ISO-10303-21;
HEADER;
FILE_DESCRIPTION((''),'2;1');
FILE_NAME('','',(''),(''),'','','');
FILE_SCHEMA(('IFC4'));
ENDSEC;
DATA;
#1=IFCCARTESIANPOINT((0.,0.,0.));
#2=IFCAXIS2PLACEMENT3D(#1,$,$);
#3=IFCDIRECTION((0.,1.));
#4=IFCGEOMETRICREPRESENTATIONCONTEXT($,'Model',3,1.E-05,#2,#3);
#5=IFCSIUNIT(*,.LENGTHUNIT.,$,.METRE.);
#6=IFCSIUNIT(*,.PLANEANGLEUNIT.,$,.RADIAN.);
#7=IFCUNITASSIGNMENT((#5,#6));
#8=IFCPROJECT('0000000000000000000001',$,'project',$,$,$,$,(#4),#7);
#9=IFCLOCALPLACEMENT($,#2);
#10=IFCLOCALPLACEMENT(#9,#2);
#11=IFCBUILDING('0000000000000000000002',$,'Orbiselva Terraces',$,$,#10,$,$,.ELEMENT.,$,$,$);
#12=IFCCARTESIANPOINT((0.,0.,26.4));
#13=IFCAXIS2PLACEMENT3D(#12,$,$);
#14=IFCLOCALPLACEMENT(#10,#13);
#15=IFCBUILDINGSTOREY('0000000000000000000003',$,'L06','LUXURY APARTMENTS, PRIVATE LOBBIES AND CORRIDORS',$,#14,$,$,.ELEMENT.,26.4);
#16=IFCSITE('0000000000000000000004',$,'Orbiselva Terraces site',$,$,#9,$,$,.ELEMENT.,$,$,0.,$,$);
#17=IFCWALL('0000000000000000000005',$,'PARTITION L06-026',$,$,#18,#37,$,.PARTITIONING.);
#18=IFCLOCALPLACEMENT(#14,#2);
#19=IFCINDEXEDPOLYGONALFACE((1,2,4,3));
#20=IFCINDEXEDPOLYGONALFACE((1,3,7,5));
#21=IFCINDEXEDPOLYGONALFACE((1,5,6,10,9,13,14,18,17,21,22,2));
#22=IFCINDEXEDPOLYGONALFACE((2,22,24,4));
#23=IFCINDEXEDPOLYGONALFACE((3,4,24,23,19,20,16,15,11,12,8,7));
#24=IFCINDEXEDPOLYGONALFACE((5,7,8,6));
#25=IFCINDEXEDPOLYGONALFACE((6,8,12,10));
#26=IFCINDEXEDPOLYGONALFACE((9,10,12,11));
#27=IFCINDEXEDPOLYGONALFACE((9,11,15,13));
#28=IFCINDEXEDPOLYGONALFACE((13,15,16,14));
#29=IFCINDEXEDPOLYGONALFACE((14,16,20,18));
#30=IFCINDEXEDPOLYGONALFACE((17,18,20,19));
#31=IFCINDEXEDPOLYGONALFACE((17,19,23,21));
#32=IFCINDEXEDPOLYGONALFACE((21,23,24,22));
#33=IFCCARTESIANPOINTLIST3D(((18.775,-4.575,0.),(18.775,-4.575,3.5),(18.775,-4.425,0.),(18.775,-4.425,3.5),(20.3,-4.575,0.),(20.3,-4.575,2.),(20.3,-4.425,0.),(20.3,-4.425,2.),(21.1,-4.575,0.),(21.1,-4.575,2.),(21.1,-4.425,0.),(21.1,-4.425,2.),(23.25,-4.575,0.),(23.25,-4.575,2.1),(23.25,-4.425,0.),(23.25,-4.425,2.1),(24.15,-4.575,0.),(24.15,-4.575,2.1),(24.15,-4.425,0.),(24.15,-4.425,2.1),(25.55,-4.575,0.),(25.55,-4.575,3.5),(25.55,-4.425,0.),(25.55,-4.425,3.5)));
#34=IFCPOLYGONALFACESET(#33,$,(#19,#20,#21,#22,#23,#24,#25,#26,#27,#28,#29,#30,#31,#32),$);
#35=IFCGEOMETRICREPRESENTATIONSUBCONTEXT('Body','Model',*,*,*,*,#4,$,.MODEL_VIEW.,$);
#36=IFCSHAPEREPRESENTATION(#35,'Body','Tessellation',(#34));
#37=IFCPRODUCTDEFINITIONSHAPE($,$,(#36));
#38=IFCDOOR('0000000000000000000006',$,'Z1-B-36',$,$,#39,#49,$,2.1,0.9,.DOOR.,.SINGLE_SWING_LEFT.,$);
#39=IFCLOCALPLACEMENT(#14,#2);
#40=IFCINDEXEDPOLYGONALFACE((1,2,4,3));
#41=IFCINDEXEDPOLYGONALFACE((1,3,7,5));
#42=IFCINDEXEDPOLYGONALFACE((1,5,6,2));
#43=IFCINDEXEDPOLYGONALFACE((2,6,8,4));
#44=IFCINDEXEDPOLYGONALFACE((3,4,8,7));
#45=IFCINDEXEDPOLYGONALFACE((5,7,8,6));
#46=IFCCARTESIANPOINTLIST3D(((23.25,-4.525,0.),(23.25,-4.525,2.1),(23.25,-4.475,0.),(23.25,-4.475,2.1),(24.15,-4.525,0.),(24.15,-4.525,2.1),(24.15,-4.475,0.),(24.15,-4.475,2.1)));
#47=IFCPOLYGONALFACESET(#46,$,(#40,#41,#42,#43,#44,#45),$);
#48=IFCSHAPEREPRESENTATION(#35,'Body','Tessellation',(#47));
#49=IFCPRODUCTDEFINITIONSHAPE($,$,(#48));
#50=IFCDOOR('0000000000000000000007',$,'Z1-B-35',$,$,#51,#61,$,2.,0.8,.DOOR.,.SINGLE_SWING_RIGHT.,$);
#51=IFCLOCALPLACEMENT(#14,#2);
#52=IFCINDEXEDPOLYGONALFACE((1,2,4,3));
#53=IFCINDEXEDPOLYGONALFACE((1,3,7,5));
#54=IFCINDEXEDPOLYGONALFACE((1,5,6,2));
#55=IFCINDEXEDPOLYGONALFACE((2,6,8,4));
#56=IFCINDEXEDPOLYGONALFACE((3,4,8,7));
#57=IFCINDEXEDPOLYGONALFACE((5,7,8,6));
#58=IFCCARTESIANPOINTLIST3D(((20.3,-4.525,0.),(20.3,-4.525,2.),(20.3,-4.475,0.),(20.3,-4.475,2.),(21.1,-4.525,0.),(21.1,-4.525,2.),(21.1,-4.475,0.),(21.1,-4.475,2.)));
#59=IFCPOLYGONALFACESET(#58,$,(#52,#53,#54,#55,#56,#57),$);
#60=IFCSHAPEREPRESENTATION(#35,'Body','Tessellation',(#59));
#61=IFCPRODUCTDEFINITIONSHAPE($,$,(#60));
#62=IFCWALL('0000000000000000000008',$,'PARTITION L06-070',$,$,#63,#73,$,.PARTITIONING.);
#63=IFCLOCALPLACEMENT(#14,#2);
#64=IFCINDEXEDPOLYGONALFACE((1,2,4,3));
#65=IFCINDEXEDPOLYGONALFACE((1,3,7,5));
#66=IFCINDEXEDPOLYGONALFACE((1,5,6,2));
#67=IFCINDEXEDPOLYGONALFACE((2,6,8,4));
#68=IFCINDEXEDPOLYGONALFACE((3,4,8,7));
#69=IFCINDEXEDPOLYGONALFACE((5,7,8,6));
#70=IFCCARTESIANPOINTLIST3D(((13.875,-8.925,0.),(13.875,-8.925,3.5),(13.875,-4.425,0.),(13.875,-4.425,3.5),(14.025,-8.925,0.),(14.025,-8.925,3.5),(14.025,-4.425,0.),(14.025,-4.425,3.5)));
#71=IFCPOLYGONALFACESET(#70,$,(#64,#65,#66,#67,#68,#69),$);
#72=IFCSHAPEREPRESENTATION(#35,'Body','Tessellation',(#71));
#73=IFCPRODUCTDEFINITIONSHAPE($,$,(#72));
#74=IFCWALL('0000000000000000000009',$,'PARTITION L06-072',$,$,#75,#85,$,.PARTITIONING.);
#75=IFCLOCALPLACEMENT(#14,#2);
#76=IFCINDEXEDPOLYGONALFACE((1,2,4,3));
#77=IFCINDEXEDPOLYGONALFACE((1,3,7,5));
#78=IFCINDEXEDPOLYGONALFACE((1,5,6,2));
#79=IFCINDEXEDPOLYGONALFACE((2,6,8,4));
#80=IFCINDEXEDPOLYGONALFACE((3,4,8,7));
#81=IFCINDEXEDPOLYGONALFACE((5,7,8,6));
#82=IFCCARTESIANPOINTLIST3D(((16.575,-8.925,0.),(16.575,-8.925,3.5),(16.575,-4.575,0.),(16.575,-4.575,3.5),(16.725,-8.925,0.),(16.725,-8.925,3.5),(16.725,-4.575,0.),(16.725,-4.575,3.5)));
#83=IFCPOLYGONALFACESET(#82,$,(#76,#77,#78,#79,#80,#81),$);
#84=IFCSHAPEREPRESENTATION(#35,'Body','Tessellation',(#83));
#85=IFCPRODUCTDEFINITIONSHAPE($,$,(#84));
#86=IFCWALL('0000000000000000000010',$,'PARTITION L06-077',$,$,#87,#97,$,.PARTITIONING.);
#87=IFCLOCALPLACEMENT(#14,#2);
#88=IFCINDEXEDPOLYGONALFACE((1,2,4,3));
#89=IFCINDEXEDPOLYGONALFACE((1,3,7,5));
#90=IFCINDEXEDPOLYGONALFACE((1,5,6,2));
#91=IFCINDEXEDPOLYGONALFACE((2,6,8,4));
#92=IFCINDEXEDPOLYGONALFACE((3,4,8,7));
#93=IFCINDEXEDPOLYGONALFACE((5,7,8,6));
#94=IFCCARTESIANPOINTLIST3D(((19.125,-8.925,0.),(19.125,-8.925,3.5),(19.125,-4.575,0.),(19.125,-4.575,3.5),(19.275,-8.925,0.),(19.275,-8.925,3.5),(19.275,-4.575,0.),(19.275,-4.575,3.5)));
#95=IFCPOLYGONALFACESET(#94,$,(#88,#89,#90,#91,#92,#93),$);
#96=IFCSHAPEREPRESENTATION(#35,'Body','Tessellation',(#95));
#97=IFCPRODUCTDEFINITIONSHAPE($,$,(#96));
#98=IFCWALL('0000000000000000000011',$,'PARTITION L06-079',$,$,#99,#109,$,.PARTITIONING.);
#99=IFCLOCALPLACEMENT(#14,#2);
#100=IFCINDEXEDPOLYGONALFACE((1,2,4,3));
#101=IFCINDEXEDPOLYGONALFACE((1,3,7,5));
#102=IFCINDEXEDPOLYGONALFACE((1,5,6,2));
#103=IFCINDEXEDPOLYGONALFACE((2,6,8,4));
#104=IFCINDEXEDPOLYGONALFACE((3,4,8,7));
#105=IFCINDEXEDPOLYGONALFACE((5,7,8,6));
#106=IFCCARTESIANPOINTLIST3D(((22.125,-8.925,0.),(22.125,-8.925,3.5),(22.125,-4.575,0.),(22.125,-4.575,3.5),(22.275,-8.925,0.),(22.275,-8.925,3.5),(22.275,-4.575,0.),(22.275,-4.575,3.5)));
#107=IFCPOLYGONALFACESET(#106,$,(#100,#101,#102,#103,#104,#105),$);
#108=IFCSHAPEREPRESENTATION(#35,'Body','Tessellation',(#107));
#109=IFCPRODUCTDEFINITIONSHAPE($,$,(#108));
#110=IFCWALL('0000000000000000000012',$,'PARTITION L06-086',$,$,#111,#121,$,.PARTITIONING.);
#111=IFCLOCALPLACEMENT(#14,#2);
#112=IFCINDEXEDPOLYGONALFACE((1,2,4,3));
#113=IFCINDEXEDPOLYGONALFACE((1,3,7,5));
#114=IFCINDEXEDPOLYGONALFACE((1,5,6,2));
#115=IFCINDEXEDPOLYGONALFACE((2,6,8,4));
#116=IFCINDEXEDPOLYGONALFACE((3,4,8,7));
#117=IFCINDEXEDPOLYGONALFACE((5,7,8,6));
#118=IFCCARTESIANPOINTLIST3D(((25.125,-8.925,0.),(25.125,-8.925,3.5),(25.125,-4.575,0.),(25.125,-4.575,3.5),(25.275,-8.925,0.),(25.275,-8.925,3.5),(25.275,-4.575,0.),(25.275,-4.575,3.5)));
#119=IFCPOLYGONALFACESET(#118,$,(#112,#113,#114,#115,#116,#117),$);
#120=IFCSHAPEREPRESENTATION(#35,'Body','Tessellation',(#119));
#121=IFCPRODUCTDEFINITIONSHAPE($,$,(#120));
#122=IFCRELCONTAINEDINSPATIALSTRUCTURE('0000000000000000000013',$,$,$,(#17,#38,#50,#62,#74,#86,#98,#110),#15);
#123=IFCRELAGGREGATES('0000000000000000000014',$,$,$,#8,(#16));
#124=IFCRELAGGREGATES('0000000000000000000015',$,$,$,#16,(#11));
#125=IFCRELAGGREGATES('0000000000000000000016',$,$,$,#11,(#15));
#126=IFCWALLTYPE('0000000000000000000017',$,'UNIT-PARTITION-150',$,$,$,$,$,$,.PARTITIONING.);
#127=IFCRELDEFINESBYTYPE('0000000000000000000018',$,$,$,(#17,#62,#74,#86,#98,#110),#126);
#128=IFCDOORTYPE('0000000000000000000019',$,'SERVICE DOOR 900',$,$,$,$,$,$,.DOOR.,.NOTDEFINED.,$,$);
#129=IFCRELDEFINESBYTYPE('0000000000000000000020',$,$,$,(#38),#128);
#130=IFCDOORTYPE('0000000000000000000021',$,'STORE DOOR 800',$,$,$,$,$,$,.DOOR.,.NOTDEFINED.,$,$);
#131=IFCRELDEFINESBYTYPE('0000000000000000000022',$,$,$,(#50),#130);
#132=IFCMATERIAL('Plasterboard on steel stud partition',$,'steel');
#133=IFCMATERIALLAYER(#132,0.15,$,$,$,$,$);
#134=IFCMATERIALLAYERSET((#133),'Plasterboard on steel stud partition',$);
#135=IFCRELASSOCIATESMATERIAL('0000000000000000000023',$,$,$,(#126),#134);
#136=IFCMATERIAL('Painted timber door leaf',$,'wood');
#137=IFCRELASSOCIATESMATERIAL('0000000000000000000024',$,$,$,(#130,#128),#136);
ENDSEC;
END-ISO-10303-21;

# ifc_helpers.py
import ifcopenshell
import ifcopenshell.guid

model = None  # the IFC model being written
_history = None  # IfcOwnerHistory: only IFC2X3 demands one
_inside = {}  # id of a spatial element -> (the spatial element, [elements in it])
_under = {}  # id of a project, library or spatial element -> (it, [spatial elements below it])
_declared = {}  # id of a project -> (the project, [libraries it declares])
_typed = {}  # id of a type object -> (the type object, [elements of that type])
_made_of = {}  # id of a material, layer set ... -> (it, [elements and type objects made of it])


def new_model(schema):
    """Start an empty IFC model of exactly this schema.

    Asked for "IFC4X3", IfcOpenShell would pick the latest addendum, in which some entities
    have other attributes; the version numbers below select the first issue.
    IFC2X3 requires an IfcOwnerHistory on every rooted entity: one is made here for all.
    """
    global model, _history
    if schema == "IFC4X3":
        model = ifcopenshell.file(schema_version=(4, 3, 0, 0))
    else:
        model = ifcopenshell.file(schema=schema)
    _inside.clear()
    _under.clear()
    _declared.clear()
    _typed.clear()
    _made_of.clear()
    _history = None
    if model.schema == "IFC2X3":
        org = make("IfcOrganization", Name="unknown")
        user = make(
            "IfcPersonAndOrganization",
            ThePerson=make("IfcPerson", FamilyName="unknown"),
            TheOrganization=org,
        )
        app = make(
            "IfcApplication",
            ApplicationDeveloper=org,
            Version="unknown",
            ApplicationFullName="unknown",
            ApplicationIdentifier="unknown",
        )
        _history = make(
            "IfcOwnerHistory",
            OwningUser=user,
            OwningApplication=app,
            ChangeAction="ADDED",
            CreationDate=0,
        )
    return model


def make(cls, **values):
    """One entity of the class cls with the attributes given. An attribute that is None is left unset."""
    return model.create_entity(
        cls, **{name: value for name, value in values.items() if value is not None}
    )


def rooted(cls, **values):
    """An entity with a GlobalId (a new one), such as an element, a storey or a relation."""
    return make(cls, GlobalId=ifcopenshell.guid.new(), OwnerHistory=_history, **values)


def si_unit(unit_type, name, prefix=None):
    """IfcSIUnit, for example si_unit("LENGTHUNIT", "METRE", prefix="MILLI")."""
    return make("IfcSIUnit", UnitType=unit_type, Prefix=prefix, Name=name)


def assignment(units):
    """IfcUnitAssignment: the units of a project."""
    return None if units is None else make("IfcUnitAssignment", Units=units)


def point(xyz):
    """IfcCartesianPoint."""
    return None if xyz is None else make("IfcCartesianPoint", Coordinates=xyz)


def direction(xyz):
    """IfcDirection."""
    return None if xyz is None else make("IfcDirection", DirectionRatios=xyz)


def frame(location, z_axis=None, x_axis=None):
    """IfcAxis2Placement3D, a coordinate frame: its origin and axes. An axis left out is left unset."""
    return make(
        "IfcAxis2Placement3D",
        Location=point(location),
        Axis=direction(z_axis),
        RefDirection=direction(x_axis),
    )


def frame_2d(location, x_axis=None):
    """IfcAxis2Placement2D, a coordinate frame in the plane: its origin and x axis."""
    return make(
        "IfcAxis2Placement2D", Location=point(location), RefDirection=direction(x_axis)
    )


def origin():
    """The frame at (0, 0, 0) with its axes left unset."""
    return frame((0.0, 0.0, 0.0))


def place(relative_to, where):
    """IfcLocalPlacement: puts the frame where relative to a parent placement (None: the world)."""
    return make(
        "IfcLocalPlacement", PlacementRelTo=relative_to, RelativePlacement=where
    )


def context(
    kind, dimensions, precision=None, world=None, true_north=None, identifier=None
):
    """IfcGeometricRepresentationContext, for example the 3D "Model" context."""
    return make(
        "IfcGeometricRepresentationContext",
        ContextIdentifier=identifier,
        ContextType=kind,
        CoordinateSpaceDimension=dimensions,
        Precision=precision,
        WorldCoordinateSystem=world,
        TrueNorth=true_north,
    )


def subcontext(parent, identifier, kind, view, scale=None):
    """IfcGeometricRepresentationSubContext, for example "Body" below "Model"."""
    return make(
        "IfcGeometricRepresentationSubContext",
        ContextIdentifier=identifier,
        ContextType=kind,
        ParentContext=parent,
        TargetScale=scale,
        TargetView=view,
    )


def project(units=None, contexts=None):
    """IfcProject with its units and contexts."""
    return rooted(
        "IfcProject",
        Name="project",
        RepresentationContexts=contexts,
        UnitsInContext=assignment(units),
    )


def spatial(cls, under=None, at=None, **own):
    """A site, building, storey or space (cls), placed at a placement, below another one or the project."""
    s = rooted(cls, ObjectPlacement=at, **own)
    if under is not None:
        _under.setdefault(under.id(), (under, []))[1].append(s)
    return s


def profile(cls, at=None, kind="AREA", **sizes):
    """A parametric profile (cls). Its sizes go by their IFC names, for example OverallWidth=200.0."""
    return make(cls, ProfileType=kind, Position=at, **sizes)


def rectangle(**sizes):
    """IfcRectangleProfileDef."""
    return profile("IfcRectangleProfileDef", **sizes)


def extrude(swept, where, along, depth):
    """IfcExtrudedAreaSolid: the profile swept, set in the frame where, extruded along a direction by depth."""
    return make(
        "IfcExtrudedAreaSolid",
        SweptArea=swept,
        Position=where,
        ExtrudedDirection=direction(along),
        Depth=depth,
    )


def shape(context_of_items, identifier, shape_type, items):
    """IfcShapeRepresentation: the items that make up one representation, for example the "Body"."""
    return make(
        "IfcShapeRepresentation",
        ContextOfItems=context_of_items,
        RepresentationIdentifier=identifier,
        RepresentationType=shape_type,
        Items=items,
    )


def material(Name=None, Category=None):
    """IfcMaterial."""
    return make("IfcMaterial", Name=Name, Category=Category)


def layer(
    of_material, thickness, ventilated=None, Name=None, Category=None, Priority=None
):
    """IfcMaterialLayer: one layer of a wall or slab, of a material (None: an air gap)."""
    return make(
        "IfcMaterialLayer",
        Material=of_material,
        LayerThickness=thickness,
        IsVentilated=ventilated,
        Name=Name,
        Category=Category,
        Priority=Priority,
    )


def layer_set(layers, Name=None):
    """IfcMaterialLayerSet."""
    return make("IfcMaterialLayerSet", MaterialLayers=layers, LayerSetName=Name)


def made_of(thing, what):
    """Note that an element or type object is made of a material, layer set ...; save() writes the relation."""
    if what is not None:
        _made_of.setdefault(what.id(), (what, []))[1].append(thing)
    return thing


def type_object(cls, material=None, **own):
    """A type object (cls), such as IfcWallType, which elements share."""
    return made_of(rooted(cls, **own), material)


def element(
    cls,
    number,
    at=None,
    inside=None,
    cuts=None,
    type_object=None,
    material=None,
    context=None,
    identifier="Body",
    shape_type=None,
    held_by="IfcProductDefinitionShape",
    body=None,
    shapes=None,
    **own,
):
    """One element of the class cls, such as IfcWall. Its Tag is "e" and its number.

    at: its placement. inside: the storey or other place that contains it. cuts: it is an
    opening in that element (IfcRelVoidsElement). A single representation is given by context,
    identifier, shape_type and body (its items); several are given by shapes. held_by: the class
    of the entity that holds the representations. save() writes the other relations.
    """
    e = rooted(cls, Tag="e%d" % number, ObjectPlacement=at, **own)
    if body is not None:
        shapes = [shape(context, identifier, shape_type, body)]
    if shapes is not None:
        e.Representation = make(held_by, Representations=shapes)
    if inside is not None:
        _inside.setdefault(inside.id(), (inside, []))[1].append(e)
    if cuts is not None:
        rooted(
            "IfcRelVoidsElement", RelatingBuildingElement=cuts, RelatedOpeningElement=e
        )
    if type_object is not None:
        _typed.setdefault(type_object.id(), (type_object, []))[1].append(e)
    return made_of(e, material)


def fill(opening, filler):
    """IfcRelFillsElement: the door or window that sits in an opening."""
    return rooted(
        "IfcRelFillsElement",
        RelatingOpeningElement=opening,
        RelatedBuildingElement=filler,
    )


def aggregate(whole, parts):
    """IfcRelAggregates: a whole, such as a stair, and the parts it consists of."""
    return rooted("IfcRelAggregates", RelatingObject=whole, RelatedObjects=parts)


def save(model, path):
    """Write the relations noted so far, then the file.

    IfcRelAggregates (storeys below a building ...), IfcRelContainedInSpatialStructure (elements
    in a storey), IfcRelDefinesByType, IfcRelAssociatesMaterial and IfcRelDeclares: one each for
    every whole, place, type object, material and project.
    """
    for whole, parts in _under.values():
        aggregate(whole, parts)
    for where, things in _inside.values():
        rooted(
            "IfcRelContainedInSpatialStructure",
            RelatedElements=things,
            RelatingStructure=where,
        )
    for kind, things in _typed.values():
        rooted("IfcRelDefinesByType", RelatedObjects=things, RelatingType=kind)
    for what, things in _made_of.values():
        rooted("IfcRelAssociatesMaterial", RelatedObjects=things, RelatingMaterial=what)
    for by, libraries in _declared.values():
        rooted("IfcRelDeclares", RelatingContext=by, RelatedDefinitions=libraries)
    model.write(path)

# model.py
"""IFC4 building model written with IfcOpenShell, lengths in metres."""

from ifc_helpers import new_model, si_unit, direction, frame, frame_2d, origin, place, context, subcontext, project, spatial, rectangle, extrude, material, layer, layer_set, type_object, element, fill, save


model = new_model("IFC4")

# Units and contexts
model_context = context("Model", 3, precision=1e-05, world=origin(), true_north=direction((0.0, 1.0)))
body_context = subcontext(model_context, "Body", "Model", "MODEL_VIEW")
ifc_project = project(units=[si_unit("LENGTHUNIT", "METRE"), si_unit("PLANEANGLEUNIT", "RADIAN")], contexts=[model_context])

# Site, building, storey
site_placement = place(None, origin())
site = spatial("IfcSite", under=ifc_project, at=site_placement, Name="Orbiselva Terraces site", CompositionType="ELEMENT", RefElevation=0.0)
building_placement = place(site_placement, origin())
building = spatial("IfcBuilding", under=site, at=building_placement, Name="Orbiselva Terraces", CompositionType="ELEMENT")
storey_placement = place(building_placement, frame((0.0, 0.0, 26.4)))
storey = spatial("IfcBuildingStorey", under=building, at=storey_placement, Name="L06", Description="LUXURY APARTMENTS, PRIVATE LOBBIES AND CORRIDORS", CompositionType="ELEMENT", Elevation=26.4)

# Shared definitions
ifc_material_1 = material(Name="Plasterboard on steel stud partition", Category="steel")

# Shared definitions
ifc_layer_1 = layer(ifc_material_1, 0.15)
ifc_layer_set_1 = layer_set([ifc_layer_1], Name="Plasterboard on steel stud partition")
wall_type_1 = type_object("IfcWallType", Name="UNIT-PARTITION-150", PredefinedType="PARTITIONING", material=ifc_layer_set_1)
ifc_material_2 = material(Name="Painted timber door leaf", Category="wood")

# Shared definitions
door_type_1 = type_object("IfcDoorType", Name="STORE DOOR 800", OperationType="NOTDEFINED", PredefinedType="DOOR", material=ifc_material_2)

# Wall, openings, doors
wall_1_placement = place(storey_placement, frame((25.55, -4.5, 0.0), z_axis=(0.0, 0.0, 1.0), x_axis=(-1.0, 0.0, 0.0)))
wall_1 = element("IfcWall", 1, at=wall_1_placement, inside=storey, type_object=wall_type_1, Name="PARTITION L06-026", PredefinedType="PARTITIONING", context=body_context, shape_type="SweptSolid", body=[
    extrude(rectangle(XDim=6.775, YDim=0.15, at=frame_2d((3.3875, 0.0))), origin(), (0.0, 0.0, 1.0), 3.5),
])
opening_1_placement = place(wall_1_placement, frame((4.45, 0.0, 0.0)))
opening_1 = element("IfcOpeningElement", 2, at=opening_1_placement, cuts=wall_1, PredefinedType="OPENING", context=body_context, shape_type="SweptSolid", body=[
    extrude(rectangle(XDim=0.8, YDim=2.0, at=frame_2d((0.4, 1.0))), frame((0.0, 0.085, 0.0), z_axis=(0.0, -1.0, 0.0), x_axis=(1.0, 0.0, 0.0)), (0.0, 0.0, 1.0), 0.17),
])
opening_2_placement = place(wall_1_placement, frame((1.4, 0.0, 0.0)))
opening_2 = element("IfcOpeningElement", 3, at=opening_2_placement, cuts=wall_1, PredefinedType="OPENING", context=body_context, shape_type="SweptSolid", body=[
    extrude(rectangle(XDim=0.9, YDim=2.1, at=frame_2d((0.45, 1.05))), frame((0.0, 0.085, 0.0), z_axis=(0.0, -1.0, 0.0), x_axis=(1.0, 0.0, 0.0)), (0.0, 0.0, 1.0), 0.17),
])
door_type_2 = type_object("IfcDoorType", Name="SERVICE DOOR 900", OperationType="NOTDEFINED", PredefinedType="DOOR", material=ifc_material_2)
door_1_placement = place(opening_2_placement, origin())
door_1 = element("IfcDoor", 4, at=door_1_placement, inside=storey, type_object=door_type_2, Name="Z1-B-36", OperationType="SINGLE_SWING_LEFT", OverallHeight=2.1, OverallWidth=0.9, PredefinedType="DOOR", context=body_context, shape_type="SweptSolid", body=[
    extrude(rectangle(XDim=0.9, YDim=2.1, at=frame_2d((0.45, 1.05))), frame((0.0, 0.025, 0.0), z_axis=(0.0, -1.0, 0.0), x_axis=(1.0, 0.0, 0.0)), (0.0, 0.0, 1.0), 0.05),
])
fill(opening_2, door_1)
door_2_placement = place(opening_1_placement, origin())
door_2 = element("IfcDoor", 5, at=door_2_placement, inside=storey, type_object=door_type_1, Name="Z1-B-35", OperationType="SINGLE_SWING_RIGHT", OverallHeight=2.0, OverallWidth=0.8, PredefinedType="DOOR", context=body_context, shape_type="SweptSolid", body=[
    extrude(rectangle(XDim=0.8, YDim=2.0, at=frame_2d((0.4, 1.0))), frame((0.0, 0.025, 0.0), z_axis=(0.0, -1.0, 0.0), x_axis=(1.0, 0.0, 0.0)), (0.0, 0.0, 1.0), 0.05),
])
fill(opening_1, door_2)

# Walls
wall_2_placement = place(storey_placement, frame((13.95, -8.925, 0.0), z_axis=(0.0, 0.0, 1.0), x_axis=(0.0, 1.0, 0.0)))
element("IfcWall", 6, at=wall_2_placement, inside=storey, type_object=wall_type_1, Name="PARTITION L06-070", PredefinedType="PARTITIONING", context=body_context, shape_type="SweptSolid", body=[
    extrude(rectangle(XDim=4.5, YDim=0.15, at=frame_2d((2.25, 0.0))), origin(), (0.0, 0.0, 1.0), 3.5),
])
for number, where, z_axis, x_axis, name in (
    (7, (16.65, -8.925, 0.0), (0.0, 0.0, 1.0), (0.0, 1.0, 0.0), "PARTITION L06-072"),
    (8, (19.2, -8.925, 0.0), (0.0, 0.0, 1.0), (0.0, 1.0, 0.0), "PARTITION L06-077"),
    (9, (22.2, -8.925, 0.0), (0.0, 0.0, 1.0), (0.0, 1.0, 0.0), "PARTITION L06-079"),
    (10, (25.2, -8.925, 0.0), (0.0, 0.0, 1.0), (0.0, 1.0, 0.0), "PARTITION L06-086"),
):
    element("IfcWall", number, at=place(storey_placement, frame(where, z_axis=z_axis, x_axis=x_axis)), inside=storey, type_object=wall_type_1, Name=name, PredefinedType="PARTITIONING", context=body_context, shape_type="SweptSolid", body=[
        extrude(rectangle(XDim=4.35, YDim=0.15, at=frame_2d((2.175, 0.0))), origin(), (0.0, 0.0, 1.0), 3.5),
    ])

save(model, "model.ifc")
